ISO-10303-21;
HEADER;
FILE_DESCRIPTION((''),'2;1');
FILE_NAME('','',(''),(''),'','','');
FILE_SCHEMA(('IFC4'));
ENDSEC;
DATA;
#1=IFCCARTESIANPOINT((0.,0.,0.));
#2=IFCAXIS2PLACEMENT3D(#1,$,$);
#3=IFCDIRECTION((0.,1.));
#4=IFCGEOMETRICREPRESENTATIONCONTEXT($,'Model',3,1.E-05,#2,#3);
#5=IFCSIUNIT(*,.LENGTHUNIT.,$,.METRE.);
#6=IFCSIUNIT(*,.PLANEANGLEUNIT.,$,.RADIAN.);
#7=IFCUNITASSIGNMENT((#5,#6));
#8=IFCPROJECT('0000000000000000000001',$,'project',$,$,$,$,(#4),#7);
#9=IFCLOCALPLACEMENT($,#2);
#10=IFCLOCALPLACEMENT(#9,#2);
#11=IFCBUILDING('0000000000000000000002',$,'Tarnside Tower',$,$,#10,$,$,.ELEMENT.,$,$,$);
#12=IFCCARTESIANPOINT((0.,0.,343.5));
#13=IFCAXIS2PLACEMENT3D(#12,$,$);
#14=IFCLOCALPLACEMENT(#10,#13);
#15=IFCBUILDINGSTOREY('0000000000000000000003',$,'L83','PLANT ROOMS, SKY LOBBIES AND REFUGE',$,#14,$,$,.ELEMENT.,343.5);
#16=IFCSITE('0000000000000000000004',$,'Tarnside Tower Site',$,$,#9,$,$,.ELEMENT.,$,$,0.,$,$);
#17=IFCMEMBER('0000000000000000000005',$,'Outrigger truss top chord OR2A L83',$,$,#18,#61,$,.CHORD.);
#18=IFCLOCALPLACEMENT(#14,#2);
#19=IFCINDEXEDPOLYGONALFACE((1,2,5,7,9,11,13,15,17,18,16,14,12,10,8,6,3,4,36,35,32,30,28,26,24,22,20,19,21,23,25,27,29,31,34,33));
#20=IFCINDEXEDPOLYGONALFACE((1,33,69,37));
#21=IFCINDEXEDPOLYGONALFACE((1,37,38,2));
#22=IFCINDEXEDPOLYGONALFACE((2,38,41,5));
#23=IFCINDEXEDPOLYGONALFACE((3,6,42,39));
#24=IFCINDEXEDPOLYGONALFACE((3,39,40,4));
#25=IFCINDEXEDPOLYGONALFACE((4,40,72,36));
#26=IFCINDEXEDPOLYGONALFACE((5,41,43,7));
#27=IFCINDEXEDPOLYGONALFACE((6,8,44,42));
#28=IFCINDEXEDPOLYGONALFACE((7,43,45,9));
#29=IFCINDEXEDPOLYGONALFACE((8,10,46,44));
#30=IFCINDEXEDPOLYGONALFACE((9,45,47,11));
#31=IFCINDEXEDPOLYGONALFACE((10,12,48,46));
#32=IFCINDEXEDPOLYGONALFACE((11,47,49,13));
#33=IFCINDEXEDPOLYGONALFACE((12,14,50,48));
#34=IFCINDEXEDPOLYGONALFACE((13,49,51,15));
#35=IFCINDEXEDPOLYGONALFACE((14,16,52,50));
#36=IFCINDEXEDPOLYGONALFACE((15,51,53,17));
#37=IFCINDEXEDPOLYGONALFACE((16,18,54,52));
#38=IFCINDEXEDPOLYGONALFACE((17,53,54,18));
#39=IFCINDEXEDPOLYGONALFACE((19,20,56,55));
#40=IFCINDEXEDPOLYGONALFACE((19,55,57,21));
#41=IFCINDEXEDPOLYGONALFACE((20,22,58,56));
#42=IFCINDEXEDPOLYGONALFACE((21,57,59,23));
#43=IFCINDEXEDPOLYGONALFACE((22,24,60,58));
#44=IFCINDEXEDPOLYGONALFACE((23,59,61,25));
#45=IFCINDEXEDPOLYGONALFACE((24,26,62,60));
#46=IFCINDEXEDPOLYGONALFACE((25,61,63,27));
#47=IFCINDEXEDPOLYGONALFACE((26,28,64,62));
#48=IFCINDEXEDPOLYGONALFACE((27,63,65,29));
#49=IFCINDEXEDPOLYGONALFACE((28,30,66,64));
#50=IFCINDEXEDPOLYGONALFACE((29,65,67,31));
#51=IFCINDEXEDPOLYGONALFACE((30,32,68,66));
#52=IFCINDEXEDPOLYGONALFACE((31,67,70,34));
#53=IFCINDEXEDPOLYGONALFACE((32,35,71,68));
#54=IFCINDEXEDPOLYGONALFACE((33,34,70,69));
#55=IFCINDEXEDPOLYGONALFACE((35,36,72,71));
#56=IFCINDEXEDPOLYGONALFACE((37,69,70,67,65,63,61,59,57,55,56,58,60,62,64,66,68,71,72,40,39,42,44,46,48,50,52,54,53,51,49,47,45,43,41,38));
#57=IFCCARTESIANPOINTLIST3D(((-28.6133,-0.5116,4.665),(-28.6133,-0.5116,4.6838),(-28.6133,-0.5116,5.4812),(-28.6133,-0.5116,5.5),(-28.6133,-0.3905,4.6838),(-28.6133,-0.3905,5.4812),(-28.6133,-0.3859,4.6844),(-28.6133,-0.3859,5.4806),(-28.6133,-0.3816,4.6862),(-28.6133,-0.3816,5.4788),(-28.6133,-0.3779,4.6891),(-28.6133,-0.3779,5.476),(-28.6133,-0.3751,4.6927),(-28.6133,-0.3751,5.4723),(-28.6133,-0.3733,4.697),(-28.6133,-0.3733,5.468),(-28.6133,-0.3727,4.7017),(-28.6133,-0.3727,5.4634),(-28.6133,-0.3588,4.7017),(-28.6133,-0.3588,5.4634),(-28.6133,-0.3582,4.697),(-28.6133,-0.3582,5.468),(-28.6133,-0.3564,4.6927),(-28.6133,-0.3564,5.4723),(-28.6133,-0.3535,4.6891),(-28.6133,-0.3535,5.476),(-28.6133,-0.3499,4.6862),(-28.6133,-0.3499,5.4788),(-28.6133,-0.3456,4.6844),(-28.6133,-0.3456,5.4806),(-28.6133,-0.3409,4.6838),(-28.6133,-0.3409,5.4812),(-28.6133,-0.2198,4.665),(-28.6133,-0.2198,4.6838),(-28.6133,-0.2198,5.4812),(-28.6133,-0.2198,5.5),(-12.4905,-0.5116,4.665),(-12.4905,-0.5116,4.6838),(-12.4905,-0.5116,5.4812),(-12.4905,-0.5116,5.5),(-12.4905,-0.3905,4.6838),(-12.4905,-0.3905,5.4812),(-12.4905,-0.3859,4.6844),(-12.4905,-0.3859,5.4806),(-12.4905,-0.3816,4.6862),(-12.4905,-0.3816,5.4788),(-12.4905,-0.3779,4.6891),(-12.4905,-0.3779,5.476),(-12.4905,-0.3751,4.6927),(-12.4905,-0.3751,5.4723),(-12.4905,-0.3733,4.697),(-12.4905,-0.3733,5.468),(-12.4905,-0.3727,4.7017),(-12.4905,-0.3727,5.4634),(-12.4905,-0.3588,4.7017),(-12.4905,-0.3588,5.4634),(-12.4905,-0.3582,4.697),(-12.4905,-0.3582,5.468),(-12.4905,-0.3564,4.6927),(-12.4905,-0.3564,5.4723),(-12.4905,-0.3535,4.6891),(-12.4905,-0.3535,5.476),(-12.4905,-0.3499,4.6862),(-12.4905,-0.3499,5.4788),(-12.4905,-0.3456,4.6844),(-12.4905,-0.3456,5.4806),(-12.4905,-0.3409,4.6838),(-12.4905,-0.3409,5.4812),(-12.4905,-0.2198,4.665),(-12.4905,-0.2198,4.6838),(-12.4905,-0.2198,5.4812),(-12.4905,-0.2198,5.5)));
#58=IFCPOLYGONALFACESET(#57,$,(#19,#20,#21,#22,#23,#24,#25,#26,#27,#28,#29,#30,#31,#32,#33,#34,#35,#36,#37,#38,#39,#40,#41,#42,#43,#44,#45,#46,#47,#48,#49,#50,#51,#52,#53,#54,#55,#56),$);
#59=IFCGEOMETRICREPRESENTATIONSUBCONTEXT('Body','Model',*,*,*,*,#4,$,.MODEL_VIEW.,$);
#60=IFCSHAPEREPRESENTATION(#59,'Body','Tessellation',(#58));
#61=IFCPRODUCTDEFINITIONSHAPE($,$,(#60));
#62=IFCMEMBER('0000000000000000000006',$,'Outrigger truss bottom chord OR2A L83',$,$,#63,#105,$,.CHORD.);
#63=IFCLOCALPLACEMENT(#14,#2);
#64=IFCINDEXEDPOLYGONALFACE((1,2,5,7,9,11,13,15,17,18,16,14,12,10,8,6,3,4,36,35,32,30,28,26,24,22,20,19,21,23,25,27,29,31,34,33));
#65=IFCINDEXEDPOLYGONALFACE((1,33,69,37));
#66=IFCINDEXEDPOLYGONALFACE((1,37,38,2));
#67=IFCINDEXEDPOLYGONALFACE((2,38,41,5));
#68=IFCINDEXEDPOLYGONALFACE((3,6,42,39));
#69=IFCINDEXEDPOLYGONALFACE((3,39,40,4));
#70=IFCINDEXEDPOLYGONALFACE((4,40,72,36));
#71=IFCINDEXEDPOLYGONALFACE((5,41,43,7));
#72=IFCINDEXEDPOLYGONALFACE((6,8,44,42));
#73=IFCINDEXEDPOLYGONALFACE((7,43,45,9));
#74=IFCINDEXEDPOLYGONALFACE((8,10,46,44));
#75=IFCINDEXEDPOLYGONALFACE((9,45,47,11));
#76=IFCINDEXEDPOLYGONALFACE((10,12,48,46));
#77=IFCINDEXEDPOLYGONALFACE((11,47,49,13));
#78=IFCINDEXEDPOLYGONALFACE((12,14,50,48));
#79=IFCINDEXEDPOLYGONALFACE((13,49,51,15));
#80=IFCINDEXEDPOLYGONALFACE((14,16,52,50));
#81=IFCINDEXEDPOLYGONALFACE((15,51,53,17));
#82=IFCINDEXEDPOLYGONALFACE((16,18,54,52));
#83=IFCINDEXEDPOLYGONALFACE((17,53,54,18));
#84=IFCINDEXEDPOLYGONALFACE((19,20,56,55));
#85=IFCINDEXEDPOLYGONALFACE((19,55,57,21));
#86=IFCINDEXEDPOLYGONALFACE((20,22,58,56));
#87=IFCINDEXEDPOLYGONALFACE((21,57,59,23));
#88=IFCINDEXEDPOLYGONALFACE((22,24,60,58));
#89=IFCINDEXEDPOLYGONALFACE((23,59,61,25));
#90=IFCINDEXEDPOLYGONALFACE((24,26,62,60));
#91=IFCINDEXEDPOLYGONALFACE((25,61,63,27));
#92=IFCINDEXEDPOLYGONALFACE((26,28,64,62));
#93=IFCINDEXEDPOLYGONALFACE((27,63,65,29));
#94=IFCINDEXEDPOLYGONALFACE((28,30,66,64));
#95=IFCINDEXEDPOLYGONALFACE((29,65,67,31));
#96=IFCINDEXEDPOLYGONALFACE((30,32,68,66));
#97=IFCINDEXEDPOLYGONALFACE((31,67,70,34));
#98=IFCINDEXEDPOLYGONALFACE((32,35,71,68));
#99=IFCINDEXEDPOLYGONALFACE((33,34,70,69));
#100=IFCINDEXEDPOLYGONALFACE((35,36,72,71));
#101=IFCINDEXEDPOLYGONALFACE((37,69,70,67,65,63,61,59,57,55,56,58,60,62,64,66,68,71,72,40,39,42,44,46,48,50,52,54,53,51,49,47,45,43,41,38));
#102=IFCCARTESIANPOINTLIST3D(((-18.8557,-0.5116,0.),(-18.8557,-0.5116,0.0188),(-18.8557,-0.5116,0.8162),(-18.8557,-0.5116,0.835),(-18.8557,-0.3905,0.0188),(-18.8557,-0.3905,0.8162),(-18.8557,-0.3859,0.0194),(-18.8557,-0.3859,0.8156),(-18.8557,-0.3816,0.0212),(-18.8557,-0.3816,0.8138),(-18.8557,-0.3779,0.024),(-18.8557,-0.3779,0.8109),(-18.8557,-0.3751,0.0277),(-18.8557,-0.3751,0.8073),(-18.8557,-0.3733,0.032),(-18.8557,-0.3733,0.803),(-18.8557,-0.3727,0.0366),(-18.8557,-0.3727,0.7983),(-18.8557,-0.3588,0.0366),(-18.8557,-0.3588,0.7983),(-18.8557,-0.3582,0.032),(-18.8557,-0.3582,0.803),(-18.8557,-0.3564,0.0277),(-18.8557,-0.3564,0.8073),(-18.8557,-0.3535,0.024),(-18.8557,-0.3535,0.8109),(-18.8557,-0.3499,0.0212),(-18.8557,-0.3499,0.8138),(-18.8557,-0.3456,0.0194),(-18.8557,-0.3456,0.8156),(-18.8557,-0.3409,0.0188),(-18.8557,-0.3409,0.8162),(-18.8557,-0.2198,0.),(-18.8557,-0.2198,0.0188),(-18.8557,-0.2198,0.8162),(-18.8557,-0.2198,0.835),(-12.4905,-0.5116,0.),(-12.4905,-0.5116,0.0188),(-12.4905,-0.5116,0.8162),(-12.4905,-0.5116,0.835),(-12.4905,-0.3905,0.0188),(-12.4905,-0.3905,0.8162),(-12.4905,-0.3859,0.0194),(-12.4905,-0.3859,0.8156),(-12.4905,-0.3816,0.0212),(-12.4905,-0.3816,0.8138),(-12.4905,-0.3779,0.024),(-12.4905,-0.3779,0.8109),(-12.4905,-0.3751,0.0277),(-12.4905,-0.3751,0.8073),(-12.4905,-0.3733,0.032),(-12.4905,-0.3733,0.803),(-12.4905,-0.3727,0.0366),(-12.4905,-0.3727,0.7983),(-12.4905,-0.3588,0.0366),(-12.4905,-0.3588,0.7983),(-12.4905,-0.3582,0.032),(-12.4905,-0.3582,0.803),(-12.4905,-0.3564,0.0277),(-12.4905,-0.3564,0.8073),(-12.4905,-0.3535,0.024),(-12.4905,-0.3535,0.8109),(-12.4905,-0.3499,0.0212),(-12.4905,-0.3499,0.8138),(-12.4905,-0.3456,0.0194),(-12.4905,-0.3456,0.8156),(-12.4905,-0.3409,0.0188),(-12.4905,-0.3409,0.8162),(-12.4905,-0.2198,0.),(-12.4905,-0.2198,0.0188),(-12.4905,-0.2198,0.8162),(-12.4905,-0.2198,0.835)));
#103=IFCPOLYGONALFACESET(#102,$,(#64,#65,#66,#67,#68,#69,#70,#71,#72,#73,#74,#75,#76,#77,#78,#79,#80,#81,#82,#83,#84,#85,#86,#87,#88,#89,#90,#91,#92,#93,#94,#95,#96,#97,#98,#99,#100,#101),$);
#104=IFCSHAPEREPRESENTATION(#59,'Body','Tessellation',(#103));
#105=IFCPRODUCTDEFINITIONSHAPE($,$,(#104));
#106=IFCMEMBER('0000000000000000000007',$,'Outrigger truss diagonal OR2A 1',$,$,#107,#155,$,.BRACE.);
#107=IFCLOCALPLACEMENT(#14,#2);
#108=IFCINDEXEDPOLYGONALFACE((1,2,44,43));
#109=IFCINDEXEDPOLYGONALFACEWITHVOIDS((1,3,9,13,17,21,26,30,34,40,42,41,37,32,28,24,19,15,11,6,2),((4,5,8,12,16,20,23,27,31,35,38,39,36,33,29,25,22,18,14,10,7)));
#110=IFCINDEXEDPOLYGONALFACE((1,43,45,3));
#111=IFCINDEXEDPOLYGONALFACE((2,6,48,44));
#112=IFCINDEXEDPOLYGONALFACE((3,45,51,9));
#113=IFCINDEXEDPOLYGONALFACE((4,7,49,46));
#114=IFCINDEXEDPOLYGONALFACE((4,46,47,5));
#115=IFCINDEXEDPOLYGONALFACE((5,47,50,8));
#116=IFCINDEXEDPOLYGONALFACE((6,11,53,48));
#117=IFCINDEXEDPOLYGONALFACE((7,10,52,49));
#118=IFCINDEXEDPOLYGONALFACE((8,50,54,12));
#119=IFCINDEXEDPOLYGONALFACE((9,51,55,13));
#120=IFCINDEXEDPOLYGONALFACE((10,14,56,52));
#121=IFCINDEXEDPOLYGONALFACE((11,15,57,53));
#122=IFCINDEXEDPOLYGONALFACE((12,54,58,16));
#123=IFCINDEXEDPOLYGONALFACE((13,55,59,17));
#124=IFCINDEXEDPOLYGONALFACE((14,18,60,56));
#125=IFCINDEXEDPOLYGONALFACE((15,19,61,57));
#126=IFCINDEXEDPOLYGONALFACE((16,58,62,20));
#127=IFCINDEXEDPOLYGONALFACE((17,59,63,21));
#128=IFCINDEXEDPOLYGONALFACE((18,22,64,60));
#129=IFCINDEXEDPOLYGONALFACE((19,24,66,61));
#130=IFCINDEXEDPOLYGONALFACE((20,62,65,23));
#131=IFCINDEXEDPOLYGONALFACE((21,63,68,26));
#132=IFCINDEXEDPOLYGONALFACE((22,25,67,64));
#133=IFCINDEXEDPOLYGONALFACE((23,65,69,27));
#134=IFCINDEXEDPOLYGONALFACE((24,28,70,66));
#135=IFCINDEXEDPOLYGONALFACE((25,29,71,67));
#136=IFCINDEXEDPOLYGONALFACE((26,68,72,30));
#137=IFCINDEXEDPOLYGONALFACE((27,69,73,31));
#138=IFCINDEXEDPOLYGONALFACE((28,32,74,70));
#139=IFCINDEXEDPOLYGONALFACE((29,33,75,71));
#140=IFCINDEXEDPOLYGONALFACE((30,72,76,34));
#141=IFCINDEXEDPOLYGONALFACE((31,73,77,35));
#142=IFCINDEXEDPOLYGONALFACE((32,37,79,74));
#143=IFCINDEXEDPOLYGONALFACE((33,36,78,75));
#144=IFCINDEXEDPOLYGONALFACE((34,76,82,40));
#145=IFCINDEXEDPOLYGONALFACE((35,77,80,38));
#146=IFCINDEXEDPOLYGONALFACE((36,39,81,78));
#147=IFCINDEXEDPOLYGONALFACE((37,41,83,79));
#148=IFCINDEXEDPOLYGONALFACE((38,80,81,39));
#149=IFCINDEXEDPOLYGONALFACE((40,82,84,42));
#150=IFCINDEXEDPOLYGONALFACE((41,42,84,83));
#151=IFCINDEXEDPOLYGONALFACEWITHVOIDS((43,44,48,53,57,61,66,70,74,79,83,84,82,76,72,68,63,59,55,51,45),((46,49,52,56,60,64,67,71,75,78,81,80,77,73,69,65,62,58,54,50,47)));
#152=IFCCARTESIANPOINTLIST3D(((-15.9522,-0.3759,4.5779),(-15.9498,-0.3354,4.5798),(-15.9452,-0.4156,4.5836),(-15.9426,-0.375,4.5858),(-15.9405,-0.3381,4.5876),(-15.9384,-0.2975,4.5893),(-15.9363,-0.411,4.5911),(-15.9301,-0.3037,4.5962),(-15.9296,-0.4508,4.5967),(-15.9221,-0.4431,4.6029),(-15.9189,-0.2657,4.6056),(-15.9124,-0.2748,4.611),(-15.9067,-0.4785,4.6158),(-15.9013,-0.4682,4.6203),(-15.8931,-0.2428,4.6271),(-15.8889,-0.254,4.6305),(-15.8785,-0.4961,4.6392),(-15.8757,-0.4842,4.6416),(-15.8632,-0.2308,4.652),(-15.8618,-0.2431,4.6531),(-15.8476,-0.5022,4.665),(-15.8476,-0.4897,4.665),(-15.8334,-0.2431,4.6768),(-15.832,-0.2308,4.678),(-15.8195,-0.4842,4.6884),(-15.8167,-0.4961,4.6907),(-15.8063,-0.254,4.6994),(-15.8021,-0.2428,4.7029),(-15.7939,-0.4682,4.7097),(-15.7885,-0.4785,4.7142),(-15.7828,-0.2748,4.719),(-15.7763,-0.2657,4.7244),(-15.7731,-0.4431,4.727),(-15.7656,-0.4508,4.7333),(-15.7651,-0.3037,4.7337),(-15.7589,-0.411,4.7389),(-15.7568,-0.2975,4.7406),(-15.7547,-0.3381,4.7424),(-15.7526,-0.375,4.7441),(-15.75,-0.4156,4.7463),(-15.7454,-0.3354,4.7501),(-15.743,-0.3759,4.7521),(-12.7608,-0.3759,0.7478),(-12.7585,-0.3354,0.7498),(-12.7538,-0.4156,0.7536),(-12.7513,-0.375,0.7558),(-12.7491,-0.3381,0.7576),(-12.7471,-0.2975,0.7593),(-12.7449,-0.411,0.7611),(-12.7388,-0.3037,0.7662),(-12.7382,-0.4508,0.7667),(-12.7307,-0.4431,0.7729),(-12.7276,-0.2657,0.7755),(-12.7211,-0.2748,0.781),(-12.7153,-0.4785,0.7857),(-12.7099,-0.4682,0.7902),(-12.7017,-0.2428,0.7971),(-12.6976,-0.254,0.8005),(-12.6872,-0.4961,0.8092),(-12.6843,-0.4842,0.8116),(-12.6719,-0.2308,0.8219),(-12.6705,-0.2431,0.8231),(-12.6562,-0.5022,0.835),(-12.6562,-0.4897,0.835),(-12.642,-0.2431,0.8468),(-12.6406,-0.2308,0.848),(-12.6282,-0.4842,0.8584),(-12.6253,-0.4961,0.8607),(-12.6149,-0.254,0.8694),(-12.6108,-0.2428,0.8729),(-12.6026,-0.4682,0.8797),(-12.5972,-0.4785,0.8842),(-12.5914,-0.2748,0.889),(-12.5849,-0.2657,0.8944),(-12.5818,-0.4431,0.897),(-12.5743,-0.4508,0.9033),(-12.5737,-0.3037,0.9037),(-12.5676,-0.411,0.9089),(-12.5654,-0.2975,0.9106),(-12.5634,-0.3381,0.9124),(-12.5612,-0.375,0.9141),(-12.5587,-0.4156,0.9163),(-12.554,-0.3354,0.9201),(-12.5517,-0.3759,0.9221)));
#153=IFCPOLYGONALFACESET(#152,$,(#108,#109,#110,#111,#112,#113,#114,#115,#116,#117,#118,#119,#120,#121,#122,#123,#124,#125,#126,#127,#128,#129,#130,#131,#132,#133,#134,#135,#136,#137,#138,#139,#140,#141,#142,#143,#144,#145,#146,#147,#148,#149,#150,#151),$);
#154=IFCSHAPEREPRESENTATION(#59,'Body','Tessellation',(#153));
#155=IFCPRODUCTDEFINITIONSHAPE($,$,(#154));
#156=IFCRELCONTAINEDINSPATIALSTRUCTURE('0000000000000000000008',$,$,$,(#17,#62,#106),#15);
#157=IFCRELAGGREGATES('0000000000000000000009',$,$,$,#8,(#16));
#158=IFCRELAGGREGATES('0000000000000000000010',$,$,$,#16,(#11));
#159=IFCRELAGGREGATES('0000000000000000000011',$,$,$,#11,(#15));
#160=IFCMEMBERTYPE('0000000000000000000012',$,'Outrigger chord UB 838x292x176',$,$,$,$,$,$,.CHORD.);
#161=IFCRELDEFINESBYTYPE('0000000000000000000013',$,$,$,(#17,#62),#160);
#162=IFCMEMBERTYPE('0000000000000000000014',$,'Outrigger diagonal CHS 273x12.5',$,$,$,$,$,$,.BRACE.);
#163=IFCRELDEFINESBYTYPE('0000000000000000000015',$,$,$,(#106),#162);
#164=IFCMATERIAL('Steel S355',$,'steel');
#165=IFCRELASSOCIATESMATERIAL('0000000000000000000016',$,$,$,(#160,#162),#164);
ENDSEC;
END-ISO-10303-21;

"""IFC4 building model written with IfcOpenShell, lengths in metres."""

from ifc_helpers import new_model, si_unit, direction, frame, origin, origin_2d, place, context, subcontext, project, spatial, hollow_circle, i_section, extrude, material, material_profile, profile_set, type_object, element, save


model = new_model("IFC4")

# Units and contexts
model_context = context("Model", 3, precision=1e-05, world=origin(), true_north=direction((0.0, 1.0)))
body_context = subcontext(model_context, "Body", "Model", "MODEL_VIEW")
ifc_project = project(units=[si_unit("LENGTHUNIT", "METRE"), si_unit("PLANEANGLEUNIT", "RADIAN")], contexts=[model_context])

# Site, building, storey
site_placement = place(None, origin())
site = spatial("IfcSite", under=ifc_project, at=site_placement, Name="Tarnside Tower Site", CompositionType="ELEMENT", RefElevation=0.0)
building_placement = place(site_placement, origin())
building = spatial("IfcBuilding", under=site, at=building_placement, Name="Tarnside Tower", CompositionType="ELEMENT")
storey_placement = place(building_placement, frame((0.0, 0.0, 343.5)))
storey = spatial("IfcBuildingStorey", under=building, at=storey_placement, Name="L83", Description="PLANT ROOMS, SKY LOBBIES AND REFUGE", CompositionType="ELEMENT", Elevation=343.5)

# Members
ifc_material_1 = material(Name="Steel S355", Category="steel")
ifc_material_profile_1 = material_profile(ifc_material_1, i_section(OverallWidth=0.2917, OverallDepth=0.835, WebThickness=0.0139, FlangeThickness=0.0188, FilletRadius=0.0178, at=origin_2d()), Name="UB 838x292x176")
ifc_profile_set_1 = profile_set([ifc_material_profile_1], Name="Steel S355")
member_type_1 = type_object("IfcMemberType", Name="Outrigger chord UB 838x292x176", PredefinedType="CHORD", material=ifc_profile_set_1)
member_1_placement = place(storey_placement, frame((-12.4905, -0.3657, 5.0825), z_axis=(-1.0, 0.0, 0.0), x_axis=(0.0, -1.0, 0.0)))
element("IfcMember", 1, at=member_1_placement, inside=storey, type_object=member_type_1, Name="Outrigger truss top chord OR2A L83", PredefinedType="CHORD", context=body_context, shape_type="SweptSolid", body=[
    extrude(i_section(OverallWidth=0.2917, OverallDepth=0.835, WebThickness=0.0139, FlangeThickness=0.0188, FilletRadius=0.0178, at=origin_2d()), origin(), (0.0, 0.0, 1.0), 16.1228),
])
member_2_placement = place(storey_placement, frame((-12.4905, -0.3657, 0.4175), z_axis=(-1.0, 0.0, 0.0), x_axis=(0.0, -1.0, 0.0)))
element("IfcMember", 2, at=member_2_placement, inside=storey, type_object=member_type_1, Name="Outrigger truss bottom chord OR2A L83", PredefinedType="CHORD", context=body_context, shape_type="SweptSolid", body=[
    extrude(i_section(OverallWidth=0.2917, OverallDepth=0.835, WebThickness=0.0139, FlangeThickness=0.0188, FilletRadius=0.0178, at=origin_2d()), origin(), (0.0, 0.0, 1.0), 6.3652),
])
ifc_material_profile_2 = material_profile(ifc_material_1, hollow_circle(Radius=0.1365, WallThickness=0.0125, at=origin_2d()), Name="CHS 273x12.5")
ifc_profile_set_2 = profile_set([ifc_material_profile_2], Name="Steel S355")
member_type_2 = type_object("IfcMemberType", Name="Outrigger diagonal CHS 273x12.5", PredefinedType="BRACE", material=ifc_profile_set_2)
member_3_placement = place(storey_placement, frame((-12.6562, -0.3657, 0.835), z_axis=(-0.640146, 0.0, 0.768253), x_axis=(0.0, -1.0, 0.0)))
element("IfcMember", 3, at=member_3_placement, inside=storey, type_object=member_type_2, Name="Outrigger truss diagonal OR2A 1", PredefinedType="BRACE", context=body_context, shape_type="SweptSolid", body=[
    extrude(hollow_circle(Radius=0.1365, WallThickness=0.0125, at=origin_2d()), origin(), (0.0, 0.0, 1.0), 4.9854),
])

save(model, "model.ifc")
